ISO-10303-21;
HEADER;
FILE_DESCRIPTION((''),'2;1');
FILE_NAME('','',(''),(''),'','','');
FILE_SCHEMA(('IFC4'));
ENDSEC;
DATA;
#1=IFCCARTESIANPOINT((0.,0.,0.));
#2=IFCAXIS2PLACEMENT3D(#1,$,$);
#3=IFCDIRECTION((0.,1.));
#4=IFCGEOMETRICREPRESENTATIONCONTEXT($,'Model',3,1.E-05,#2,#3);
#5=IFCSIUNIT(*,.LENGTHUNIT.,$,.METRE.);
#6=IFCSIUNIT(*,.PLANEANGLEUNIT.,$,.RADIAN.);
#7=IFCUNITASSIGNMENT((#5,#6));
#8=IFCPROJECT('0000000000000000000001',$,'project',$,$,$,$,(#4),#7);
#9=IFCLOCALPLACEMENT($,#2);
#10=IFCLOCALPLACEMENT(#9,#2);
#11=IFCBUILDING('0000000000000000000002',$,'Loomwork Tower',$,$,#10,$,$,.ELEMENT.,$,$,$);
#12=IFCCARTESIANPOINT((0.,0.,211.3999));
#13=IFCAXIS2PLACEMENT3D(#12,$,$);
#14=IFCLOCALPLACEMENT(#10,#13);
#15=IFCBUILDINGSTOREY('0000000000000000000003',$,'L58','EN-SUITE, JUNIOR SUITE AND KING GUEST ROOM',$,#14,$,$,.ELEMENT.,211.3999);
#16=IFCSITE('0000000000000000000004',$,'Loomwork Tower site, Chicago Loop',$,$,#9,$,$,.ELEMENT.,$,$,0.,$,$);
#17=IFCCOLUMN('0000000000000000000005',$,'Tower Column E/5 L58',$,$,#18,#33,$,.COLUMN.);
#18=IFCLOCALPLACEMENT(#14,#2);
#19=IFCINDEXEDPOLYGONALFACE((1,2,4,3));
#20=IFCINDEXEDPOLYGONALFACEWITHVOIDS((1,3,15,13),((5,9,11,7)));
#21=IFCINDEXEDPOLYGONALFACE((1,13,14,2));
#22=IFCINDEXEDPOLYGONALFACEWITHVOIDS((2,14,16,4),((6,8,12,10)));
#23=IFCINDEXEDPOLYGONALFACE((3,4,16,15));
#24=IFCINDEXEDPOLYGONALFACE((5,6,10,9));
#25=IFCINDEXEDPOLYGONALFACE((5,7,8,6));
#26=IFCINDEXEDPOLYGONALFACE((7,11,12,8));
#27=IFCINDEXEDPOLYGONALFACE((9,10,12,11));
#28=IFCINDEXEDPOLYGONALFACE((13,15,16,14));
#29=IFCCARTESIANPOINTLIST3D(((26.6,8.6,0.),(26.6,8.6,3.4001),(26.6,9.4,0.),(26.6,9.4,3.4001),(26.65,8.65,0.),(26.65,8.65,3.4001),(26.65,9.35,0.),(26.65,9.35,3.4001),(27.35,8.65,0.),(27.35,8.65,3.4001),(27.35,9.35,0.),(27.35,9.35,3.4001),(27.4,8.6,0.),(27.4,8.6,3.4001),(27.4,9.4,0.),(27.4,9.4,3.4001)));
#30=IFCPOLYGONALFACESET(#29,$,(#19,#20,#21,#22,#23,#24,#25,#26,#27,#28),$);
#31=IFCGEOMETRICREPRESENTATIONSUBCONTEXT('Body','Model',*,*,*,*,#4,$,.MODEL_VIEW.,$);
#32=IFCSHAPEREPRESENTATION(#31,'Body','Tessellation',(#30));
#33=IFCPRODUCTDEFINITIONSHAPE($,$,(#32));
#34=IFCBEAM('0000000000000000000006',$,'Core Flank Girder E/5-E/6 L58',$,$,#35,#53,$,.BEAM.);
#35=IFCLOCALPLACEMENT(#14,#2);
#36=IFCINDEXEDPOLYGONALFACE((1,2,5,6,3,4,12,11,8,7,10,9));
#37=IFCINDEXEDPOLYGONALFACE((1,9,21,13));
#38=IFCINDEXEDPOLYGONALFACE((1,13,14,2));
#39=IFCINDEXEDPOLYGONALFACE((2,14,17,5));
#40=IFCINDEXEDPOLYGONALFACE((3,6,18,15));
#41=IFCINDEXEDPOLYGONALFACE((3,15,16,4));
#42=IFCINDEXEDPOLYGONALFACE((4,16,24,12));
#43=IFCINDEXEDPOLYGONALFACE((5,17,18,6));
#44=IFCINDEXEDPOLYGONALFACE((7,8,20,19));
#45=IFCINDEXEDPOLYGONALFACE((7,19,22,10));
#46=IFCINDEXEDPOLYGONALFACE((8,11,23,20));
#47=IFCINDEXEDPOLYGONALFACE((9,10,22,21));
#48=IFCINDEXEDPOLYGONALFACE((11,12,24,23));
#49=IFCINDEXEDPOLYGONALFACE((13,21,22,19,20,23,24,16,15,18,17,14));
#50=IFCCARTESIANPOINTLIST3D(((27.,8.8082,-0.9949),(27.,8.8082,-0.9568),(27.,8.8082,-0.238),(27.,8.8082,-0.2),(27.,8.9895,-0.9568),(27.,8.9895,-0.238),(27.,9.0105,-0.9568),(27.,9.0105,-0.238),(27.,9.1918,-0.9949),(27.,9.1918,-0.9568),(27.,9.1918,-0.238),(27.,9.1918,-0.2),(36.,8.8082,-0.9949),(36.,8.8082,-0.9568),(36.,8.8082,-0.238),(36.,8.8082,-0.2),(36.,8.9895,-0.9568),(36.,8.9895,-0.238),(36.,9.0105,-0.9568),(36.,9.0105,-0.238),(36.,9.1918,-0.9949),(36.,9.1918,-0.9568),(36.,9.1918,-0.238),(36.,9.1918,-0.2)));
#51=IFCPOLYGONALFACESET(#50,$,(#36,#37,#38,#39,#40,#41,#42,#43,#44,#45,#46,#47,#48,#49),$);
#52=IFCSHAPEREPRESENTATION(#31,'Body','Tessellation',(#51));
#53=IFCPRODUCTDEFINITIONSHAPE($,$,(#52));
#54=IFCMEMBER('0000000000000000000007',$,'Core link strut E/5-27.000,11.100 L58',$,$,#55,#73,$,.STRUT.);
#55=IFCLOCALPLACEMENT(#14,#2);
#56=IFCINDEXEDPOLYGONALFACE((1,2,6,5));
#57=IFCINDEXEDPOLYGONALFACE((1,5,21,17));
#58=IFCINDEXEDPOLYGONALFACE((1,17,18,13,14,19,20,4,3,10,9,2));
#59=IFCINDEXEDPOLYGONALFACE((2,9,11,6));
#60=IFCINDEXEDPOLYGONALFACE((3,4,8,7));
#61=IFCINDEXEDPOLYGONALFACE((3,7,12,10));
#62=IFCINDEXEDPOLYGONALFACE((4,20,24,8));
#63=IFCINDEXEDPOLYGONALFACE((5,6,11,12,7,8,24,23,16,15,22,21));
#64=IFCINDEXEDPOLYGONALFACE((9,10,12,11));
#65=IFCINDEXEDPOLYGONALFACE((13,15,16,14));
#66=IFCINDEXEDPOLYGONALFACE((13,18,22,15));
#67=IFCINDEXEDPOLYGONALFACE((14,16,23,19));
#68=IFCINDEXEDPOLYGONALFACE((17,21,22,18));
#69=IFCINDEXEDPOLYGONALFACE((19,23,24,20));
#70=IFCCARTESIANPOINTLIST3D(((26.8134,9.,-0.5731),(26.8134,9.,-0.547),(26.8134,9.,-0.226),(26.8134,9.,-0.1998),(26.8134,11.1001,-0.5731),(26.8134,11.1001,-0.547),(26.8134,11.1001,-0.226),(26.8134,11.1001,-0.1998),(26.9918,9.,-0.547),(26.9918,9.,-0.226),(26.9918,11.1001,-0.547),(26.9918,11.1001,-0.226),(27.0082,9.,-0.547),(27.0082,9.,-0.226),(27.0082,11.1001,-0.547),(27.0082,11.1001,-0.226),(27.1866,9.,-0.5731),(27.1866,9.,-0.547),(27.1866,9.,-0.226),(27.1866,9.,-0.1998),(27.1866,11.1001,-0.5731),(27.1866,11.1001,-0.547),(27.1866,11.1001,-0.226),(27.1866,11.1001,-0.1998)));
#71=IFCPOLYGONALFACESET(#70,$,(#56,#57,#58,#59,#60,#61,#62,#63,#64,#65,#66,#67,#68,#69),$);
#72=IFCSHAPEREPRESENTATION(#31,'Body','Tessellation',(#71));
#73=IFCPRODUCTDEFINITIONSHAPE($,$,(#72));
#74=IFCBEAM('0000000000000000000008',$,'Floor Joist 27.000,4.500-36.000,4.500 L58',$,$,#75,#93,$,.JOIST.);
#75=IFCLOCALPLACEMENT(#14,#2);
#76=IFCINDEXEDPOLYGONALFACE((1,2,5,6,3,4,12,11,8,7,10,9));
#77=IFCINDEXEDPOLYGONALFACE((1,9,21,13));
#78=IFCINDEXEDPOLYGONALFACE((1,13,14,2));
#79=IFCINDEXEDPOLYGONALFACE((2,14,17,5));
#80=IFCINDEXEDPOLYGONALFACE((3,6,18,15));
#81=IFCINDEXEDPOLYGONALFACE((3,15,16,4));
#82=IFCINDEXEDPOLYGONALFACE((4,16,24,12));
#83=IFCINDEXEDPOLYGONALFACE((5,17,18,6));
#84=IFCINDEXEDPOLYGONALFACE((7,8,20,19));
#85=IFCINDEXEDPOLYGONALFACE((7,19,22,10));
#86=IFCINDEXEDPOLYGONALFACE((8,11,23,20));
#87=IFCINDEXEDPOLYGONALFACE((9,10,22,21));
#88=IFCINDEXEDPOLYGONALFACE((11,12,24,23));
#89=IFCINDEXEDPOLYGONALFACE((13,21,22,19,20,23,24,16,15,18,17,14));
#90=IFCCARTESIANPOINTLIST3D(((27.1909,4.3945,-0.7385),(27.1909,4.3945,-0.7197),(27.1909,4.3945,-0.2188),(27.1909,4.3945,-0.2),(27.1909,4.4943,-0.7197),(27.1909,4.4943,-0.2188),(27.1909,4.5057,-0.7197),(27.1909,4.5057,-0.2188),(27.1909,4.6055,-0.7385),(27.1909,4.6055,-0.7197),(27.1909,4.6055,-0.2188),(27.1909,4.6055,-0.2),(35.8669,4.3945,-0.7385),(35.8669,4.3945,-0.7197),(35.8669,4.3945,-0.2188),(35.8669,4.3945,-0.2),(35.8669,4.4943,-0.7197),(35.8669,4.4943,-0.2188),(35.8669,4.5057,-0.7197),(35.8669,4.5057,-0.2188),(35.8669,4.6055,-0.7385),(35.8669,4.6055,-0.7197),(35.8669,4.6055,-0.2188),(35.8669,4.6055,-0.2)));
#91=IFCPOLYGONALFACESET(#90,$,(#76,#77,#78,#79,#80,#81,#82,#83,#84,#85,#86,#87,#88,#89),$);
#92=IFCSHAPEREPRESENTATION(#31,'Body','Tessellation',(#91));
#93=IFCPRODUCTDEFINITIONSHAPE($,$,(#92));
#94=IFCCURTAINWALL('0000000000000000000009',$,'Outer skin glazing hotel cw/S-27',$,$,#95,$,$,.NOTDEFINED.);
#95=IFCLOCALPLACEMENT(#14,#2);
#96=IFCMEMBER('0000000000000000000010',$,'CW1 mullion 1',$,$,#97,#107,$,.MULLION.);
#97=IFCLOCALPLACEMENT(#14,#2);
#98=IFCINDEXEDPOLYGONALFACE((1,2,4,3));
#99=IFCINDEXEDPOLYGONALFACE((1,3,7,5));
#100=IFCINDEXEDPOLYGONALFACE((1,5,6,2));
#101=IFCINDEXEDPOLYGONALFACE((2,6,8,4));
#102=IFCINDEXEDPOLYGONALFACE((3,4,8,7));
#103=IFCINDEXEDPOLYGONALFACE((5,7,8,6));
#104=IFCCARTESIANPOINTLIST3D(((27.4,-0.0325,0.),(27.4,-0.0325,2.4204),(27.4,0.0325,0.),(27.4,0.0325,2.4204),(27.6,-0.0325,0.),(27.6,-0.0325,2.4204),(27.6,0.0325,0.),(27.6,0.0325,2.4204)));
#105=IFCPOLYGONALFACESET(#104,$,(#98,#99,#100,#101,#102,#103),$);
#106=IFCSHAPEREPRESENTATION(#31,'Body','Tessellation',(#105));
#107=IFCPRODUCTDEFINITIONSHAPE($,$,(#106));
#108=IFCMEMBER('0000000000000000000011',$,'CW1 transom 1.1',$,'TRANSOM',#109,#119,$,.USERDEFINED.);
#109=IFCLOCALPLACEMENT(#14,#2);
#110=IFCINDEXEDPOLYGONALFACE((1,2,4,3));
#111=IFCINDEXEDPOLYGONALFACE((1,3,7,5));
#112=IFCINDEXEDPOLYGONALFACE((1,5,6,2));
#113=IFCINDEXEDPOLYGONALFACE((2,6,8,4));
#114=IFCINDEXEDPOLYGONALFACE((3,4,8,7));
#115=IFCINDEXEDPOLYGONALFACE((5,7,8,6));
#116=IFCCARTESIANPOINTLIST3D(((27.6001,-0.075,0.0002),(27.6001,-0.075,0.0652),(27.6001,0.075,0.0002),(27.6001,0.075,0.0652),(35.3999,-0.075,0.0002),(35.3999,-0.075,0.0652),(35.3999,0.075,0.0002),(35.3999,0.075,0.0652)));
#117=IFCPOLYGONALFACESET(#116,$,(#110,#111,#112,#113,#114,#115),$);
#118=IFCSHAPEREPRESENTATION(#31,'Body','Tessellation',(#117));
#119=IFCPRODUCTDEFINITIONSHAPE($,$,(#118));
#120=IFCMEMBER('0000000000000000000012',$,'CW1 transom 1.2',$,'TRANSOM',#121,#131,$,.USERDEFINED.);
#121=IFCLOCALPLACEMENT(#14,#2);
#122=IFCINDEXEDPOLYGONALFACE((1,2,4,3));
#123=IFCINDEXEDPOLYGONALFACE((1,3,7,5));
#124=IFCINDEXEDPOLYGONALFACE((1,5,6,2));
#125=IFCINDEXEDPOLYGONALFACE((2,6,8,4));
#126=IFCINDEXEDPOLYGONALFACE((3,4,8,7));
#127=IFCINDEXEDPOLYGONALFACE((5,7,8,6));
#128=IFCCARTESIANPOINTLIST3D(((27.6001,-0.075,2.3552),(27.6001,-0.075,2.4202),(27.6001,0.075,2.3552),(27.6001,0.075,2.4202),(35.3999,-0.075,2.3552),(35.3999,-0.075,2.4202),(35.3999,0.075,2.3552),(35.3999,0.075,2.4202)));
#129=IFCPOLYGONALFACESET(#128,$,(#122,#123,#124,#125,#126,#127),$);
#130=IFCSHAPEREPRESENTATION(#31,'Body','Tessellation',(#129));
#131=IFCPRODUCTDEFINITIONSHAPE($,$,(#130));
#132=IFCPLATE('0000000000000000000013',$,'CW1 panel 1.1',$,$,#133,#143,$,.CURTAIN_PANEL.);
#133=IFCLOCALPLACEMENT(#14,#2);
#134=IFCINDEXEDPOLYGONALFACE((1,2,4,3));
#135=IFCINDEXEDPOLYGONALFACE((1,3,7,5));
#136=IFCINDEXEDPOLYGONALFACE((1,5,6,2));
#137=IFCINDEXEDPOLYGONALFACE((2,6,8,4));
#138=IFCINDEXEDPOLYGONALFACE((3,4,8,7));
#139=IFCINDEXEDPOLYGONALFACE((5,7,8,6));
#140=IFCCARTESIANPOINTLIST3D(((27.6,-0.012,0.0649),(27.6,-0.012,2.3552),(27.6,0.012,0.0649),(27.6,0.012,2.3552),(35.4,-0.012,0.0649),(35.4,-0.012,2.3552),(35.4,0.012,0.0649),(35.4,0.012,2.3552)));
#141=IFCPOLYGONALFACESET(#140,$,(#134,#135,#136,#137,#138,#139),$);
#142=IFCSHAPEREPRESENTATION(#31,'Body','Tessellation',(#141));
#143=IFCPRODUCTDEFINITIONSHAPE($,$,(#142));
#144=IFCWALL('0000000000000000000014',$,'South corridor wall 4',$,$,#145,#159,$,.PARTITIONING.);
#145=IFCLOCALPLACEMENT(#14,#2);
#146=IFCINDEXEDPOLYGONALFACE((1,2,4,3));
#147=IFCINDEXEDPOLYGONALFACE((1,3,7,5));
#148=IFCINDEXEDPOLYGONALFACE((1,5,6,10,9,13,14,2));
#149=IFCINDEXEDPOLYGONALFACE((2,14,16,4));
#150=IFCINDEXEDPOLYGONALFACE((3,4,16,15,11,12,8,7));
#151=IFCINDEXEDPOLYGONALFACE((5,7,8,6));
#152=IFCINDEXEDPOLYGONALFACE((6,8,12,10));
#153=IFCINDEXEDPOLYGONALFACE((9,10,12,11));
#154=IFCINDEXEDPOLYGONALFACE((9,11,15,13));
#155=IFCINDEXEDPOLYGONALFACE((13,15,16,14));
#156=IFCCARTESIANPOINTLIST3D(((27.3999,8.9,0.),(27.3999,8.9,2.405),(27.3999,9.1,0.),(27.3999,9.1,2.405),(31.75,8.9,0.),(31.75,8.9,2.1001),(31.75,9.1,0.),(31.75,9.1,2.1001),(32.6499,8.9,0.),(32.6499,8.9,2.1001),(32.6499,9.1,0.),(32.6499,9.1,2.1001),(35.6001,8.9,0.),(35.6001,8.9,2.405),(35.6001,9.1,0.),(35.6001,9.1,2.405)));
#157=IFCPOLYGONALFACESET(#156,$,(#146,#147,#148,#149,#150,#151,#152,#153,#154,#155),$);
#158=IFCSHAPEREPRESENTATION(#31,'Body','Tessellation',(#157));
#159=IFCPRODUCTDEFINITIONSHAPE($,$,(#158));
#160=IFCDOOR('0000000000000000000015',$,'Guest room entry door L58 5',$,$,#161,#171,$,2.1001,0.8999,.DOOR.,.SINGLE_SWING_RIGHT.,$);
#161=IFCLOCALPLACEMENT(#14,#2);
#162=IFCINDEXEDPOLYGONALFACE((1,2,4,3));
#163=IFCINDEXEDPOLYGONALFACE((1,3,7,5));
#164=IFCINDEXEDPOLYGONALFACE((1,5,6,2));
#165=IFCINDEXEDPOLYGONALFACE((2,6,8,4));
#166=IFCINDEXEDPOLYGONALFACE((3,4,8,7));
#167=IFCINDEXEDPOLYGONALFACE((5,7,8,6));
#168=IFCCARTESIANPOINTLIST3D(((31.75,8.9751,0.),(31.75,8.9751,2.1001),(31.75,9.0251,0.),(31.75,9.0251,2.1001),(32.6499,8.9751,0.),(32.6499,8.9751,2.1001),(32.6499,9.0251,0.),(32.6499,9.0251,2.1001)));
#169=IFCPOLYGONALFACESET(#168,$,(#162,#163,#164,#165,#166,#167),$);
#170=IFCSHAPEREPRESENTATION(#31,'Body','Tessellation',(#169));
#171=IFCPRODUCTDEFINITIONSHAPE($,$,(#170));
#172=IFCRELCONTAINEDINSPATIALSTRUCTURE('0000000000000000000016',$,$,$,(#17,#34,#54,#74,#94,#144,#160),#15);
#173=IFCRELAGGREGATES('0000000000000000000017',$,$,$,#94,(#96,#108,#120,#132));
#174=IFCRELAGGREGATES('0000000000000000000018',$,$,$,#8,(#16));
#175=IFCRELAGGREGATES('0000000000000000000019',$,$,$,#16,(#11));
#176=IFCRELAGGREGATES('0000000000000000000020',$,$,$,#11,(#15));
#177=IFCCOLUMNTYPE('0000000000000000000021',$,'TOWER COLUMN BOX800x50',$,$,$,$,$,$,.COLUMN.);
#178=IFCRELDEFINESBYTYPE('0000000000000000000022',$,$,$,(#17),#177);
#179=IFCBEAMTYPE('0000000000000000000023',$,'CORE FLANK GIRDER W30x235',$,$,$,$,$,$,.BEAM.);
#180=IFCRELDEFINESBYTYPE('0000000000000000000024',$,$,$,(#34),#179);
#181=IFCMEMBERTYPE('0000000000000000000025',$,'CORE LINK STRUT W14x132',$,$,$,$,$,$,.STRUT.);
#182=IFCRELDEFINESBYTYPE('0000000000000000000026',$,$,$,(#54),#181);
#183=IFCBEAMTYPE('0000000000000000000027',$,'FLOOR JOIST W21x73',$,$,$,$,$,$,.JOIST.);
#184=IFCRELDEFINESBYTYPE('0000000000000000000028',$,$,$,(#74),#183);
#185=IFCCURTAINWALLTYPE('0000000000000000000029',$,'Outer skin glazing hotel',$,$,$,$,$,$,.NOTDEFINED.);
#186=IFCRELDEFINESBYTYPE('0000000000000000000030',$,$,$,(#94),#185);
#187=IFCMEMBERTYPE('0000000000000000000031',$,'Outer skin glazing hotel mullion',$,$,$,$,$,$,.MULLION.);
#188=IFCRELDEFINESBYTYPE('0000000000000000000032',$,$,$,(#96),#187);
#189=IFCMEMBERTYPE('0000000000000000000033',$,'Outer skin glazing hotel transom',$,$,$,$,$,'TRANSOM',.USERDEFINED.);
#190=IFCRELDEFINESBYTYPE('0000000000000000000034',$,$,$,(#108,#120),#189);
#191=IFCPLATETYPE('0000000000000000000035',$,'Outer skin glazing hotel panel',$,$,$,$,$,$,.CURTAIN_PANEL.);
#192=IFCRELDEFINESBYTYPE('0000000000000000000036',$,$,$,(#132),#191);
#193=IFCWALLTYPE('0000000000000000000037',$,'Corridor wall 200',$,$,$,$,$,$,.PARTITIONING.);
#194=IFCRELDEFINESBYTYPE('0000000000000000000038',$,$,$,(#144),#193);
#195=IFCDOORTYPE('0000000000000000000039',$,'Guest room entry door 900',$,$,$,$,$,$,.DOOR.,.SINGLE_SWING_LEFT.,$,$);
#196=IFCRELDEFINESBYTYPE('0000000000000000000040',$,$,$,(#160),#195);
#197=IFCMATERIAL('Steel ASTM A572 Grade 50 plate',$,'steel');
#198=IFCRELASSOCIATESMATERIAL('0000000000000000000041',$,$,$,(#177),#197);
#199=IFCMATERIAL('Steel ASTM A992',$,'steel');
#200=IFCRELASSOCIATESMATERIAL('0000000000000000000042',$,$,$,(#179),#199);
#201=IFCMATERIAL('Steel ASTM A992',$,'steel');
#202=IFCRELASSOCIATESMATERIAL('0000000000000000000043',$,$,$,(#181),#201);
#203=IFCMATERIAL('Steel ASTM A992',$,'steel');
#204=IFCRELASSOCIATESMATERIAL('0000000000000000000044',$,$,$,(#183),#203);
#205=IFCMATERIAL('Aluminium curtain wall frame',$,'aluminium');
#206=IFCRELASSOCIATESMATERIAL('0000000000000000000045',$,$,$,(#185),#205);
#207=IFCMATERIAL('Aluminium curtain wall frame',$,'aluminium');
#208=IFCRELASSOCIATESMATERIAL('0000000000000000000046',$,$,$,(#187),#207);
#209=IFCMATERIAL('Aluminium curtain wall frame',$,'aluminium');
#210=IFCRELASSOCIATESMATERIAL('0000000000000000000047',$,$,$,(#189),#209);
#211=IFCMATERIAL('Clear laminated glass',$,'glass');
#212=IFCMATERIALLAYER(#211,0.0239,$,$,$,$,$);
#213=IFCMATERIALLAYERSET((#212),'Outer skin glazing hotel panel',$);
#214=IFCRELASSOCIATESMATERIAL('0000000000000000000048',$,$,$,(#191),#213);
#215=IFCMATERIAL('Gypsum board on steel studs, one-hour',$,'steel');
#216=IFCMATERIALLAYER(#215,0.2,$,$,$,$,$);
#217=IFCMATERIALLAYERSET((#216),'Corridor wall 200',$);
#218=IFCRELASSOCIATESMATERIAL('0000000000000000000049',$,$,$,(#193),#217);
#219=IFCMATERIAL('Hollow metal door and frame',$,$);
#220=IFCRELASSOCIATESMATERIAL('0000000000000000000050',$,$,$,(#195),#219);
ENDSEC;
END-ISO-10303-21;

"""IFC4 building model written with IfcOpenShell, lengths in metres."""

from ifc_helpers import new_model, si_unit, direction, frame, frame_2d, origin, origin_2d, place, context, subcontext, project, spatial, rectangle, hollow_rectangle, i_section, extrude, material, layer, layer_set, material_profile, profile_set, type_object, element, fill, aggregate, save


model = new_model("IFC4")

# Units and contexts
model_context = context("Model", 3, precision=1e-05, world=origin(), true_north=direction((0.0, 1.0)))
body_context = subcontext(model_context, "Body", "Model", "MODEL_VIEW")
ifc_project = project(units=[si_unit("LENGTHUNIT", "METRE"), si_unit("PLANEANGLEUNIT", "RADIAN")], contexts=[model_context])

# Site, building, storey
site_placement = place(None, origin())
site = spatial("IfcSite", under=ifc_project, at=site_placement, Name="Loomwork Tower site, Chicago Loop", CompositionType="ELEMENT", RefElevation=0.0)
building_placement = place(site_placement, origin())
building = spatial("IfcBuilding", under=site, at=building_placement, Name="Loomwork Tower", CompositionType="ELEMENT")
storey_placement = place(building_placement, frame((0.0, 0.0, 211.3999)))
storey = spatial("IfcBuildingStorey", under=building, at=storey_placement, Name="L58", Description="EN-SUITE, JUNIOR SUITE AND KING GUEST ROOM", CompositionType="ELEMENT", Elevation=211.3999)

# Column
ifc_material_1 = material(Name="Steel ASTM A572 Grade 50 plate", Category="steel")
ifc_material_profile_1 = material_profile(ifc_material_1, hollow_rectangle(XDim=0.8, YDim=0.8, WallThickness=0.05, at=origin_2d()), Name="BOX800x50")
ifc_profile_set_1 = profile_set([ifc_material_profile_1], Name="Steel ASTM A572 Grade 50 plate")
column_type = type_object("IfcColumnType", Name="TOWER COLUMN BOX800x50", PredefinedType="COLUMN", material=ifc_profile_set_1)
column_placement = place(storey_placement, frame((27.0, 9.0, 0.0), z_axis=(0.0, 0.0, 1.0), x_axis=(1.0, 0.0, 0.0)))
element("IfcColumn", 1, at=column_placement, inside=storey, type_object=column_type, Name="Tower Column E/5 L58", PredefinedType="COLUMN", context=body_context, shape_type="SweptSolid", body=[
    extrude(hollow_rectangle(XDim=0.8, YDim=0.8, WallThickness=0.05, at=origin_2d()), origin(), (0.0, 0.0, 1.0), 3.4001),
])

# Beam
ifc_material_2 = material(Name="Steel ASTM A992", Category="steel")
ifc_material_profile_2 = material_profile(ifc_material_2, i_section(OverallWidth=0.3835, OverallDepth=0.7949, WebThickness=0.021, FlangeThickness=0.0381, at=origin_2d()), Name="W30x235")
ifc_profile_set_2 = profile_set([ifc_material_profile_2], Name="Steel ASTM A992")
beam_type_1 = type_object("IfcBeamType", Name="CORE FLANK GIRDER W30x235", PredefinedType="BEAM", material=ifc_profile_set_2)
beam_1_placement = place(storey_placement, frame((27.0, 9.0, -0.5974), z_axis=(1.0, 0.0, 0.0), x_axis=(0.0, 1.0, 0.0)))
element("IfcBeam", 2, at=beam_1_placement, inside=storey, type_object=beam_type_1, Name="Core Flank Girder E/5-E/6 L58", PredefinedType="BEAM", context=body_context, shape_type="SweptSolid", body=[
    extrude(i_section(OverallWidth=0.3835, OverallDepth=0.7949, WebThickness=0.021, FlangeThickness=0.0381, at=origin_2d()), origin(), (0.0, 0.0, 1.0), 9.0),
])

# Member
ifc_material_3 = material(Name="Steel ASTM A992", Category="steel")
ifc_material_profile_3 = material_profile(ifc_material_3, i_section(OverallWidth=0.3733, OverallDepth=0.3733, WebThickness=0.0164, FlangeThickness=0.0261, at=origin_2d()), Name="W14x132")
ifc_profile_set_3 = profile_set([ifc_material_profile_3], Name="Steel ASTM A992")
member_type_1 = type_object("IfcMemberType", Name="CORE LINK STRUT W14x132", PredefinedType="STRUT", material=ifc_profile_set_3)
member_1_placement = place(storey_placement, frame((27.0, 9.0, -0.3865), z_axis=(0.0, 1.0, 0.0), x_axis=(-1.0, 0.0, 0.0)))
element("IfcMember", 3, at=member_1_placement, inside=storey, type_object=member_type_1, Name="Core link strut E/5-27.000,11.100 L58", PredefinedType="STRUT", context=body_context, shape_type="SweptSolid", body=[
    extrude(i_section(OverallWidth=0.3733, OverallDepth=0.3733, WebThickness=0.0164, FlangeThickness=0.0261, at=origin_2d()), origin(), (0.0, 0.0, 1.0), 2.1001),
])

# Beam
ifc_material_4 = material(Name="Steel ASTM A992", Category="steel")
ifc_material_profile_4 = material_profile(ifc_material_4, i_section(OverallWidth=0.2109, OverallDepth=0.5386, WebThickness=0.0115, FlangeThickness=0.0188, at=origin_2d()), Name="W21x73")
ifc_profile_set_4 = profile_set([ifc_material_profile_4], Name="Steel ASTM A992")
beam_type_2 = type_object("IfcBeamType", Name="FLOOR JOIST W21x73", PredefinedType="JOIST", material=ifc_profile_set_4)
beam_2_placement = place(storey_placement, frame((27.1909, 4.5, -0.4692), z_axis=(1.0, 0.0, 0.0), x_axis=(0.0, 1.0, 0.0)))
element("IfcBeam", 4, at=beam_2_placement, inside=storey, type_object=beam_type_2, Name="Floor Joist 27.000,4.500-36.000,4.500 L58", PredefinedType="JOIST", context=body_context, shape_type="SweptSolid", body=[
    extrude(i_section(OverallWidth=0.2109, OverallDepth=0.5386, WebThickness=0.0115, FlangeThickness=0.0188, at=origin_2d()), origin(), (0.0, 0.0, 1.0), 8.676),
])

# Curtain wall, members, plate
ifc_material_5 = material(Name="Aluminium curtain wall frame", Category="aluminium")
curtain_wall_type = type_object("IfcCurtainWallType", Name="Outer skin glazing hotel", PredefinedType="NOTDEFINED", material=ifc_material_5)
curtain_wall_placement = place(storey_placement, origin())
curtain_wall = element("IfcCurtainWall", 5, at=curtain_wall_placement, inside=storey, type_object=curtain_wall_type, Name="Outer skin glazing hotel cw/S-27", PredefinedType="NOTDEFINED")
ifc_material_6 = material(Name="Aluminium curtain wall frame", Category="aluminium")
ifc_material_profile_5 = material_profile(ifc_material_6, rectangle(XDim=0.0649, YDim=0.2, at=origin_2d()), Name="AL 65x200")
ifc_profile_set_5 = profile_set([ifc_material_profile_5], Name="Aluminium curtain wall frame")
member_type_2 = type_object("IfcMemberType", Name="Outer skin glazing hotel mullion", PredefinedType="MULLION", material=ifc_profile_set_5)
member_2_placement = place(storey_placement, frame((27.5, 0.0, 0.0), z_axis=(0.0, 0.0, 1.0), x_axis=(0.0, 1.0, 0.0)))
member_2 = element("IfcMember", 6, at=member_2_placement, type_object=member_type_2, Name="CW1 mullion 1", PredefinedType="MULLION", context=body_context, shape_type="SweptSolid", body=[
    extrude(rectangle(XDim=0.0649, YDim=0.2, at=origin_2d()), origin(), (0.0, 0.0, 1.0), 2.4204),
])
ifc_material_7 = material(Name="Aluminium curtain wall frame", Category="aluminium")
ifc_material_profile_6 = material_profile(ifc_material_7, rectangle(XDim=0.1499, YDim=0.0649, at=origin_2d()), Name="AL 65x150")
ifc_profile_set_6 = profile_set([ifc_material_profile_6], Name="Aluminium curtain wall frame")
member_type_3 = type_object("IfcMemberType", Name="Outer skin glazing hotel transom", ElementType="TRANSOM", PredefinedType="USERDEFINED", material=ifc_profile_set_6)
member_3_placement = place(storey_placement, frame((27.6001, 0.0, 0.0327), z_axis=(1.0, 0.0, 0.0), x_axis=(0.0, 1.0, 0.0)))
member_3 = element("IfcMember", 7, at=member_3_placement, type_object=member_type_3, Name="CW1 transom 1.1", ObjectType="TRANSOM", PredefinedType="USERDEFINED", context=body_context, shape_type="SweptSolid", body=[
    extrude(rectangle(XDim=0.1499, YDim=0.0649, at=origin_2d()), origin(), (0.0, 0.0, 1.0), 7.7998),
])
member_4_placement = place(storey_placement, frame((27.6001, 0.0, 2.3877), z_axis=(1.0, 0.0, 0.0), x_axis=(0.0, 1.0, 0.0)))
member_4 = element("IfcMember", 8, at=member_4_placement, type_object=member_type_3, Name="CW1 transom 1.2", ObjectType="TRANSOM", PredefinedType="USERDEFINED", context=body_context, shape_type="SweptSolid", body=[
    extrude(rectangle(XDim=0.1499, YDim=0.0649, at=origin_2d()), origin(), (0.0, 0.0, 1.0), 7.7998),
])
ifc_material_8 = material(Name="Clear laminated glass", Category="glass")
ifc_layer_1 = layer(ifc_material_8, 0.0239)
ifc_layer_set_1 = layer_set([ifc_layer_1], Name="Outer skin glazing hotel panel")
plate_type = type_object("IfcPlateType", Name="Outer skin glazing hotel panel", PredefinedType="CURTAIN_PANEL", material=ifc_layer_set_1)
plate_placement = place(storey_placement, frame((31.5, 0.0, 0.0649), z_axis=(0.0, 0.0, 1.0), x_axis=(1.0, 0.0, 0.0)))
plate = element("IfcPlate", 9, at=plate_placement, type_object=plate_type, Name="CW1 panel 1.1", PredefinedType="CURTAIN_PANEL", context=body_context, shape_type="SweptSolid", body=[
    extrude(rectangle(XDim=7.8, YDim=0.0239, at=origin_2d()), origin(), (0.0, 0.0, 1.0), 2.2903),
])
aggregate(curtain_wall, [member_2, member_3, member_4, plate])

# Wall, opening, door
ifc_material_9 = material(Name="Gypsum board on steel studs, one-hour", Category="steel")
ifc_layer_2 = layer(ifc_material_9, 0.2)
ifc_layer_set_2 = layer_set([ifc_layer_2], Name="Corridor wall 200")
wall_type_1 = type_object("IfcWallType", Name="Corridor wall 200", PredefinedType="PARTITIONING", material=ifc_layer_set_2)
wall_1_placement = place(storey_placement, frame((27.3999, 9.0, 0.0), z_axis=(0.0, 0.0, 1.0), x_axis=(1.0, 0.0, 0.0)))
wall_1 = element("IfcWall", 10, at=wall_1_placement, inside=storey, type_object=wall_type_1, Name="South corridor wall 4", PredefinedType="PARTITIONING", context=body_context, shape_type="SweptSolid", body=[
    extrude(rectangle(XDim=8.2002, YDim=0.2, at=frame_2d((4.1001, 0.0))), origin(), (0.0, 0.0, 1.0), 2.405),
])
opening_1_placement = place(wall_1_placement, frame((4.3501, 0.0, 0.0)))
opening_1 = element("IfcOpeningElement", 11, at=opening_1_placement, cuts=wall_1, PredefinedType="OPENING", context=body_context, shape_type="SweptSolid", body=[
    extrude(rectangle(XDim=0.8999, YDim=2.1001, at=frame_2d((0.45, 1.05))), frame((0.0, 0.1099, 0.0), z_axis=(0.0, -1.0, 0.0), x_axis=(1.0, 0.0, 0.0)), (0.0, 0.0, 1.0), 0.22),
])
ifc_material_10 = material(Name="Hollow metal door and frame")
door_type_1 = type_object("IfcDoorType", Name="Guest room entry door 900", OperationType="SINGLE_SWING_LEFT", PredefinedType="DOOR", material=ifc_material_10)
door_1_placement = place(opening_1_placement, frame((0.8999, 0.0, 0.0), z_axis=(0.0, 0.0, 1.0), x_axis=(-1.0, 0.0, 0.0)))
door_1 = element("IfcDoor", 12, at=door_1_placement, inside=storey, type_object=door_type_1, Name="Guest room entry door L58 5", OperationType="SINGLE_SWING_RIGHT", OverallHeight=2.1001, OverallWidth=0.8999, PredefinedType="DOOR", context=body_context, shape_type="SweptSolid", body=[
    extrude(rectangle(XDim=0.8999, YDim=2.1001, at=frame_2d((0.45, 1.05))), frame((0.0, 0.0249, 0.0), z_axis=(0.0, -1.0, 0.0), x_axis=(1.0, 0.0, 0.0)), (0.0, 0.0, 1.0), 0.05),
])
fill(opening_1, door_1)

save(model, "model.ifc")
